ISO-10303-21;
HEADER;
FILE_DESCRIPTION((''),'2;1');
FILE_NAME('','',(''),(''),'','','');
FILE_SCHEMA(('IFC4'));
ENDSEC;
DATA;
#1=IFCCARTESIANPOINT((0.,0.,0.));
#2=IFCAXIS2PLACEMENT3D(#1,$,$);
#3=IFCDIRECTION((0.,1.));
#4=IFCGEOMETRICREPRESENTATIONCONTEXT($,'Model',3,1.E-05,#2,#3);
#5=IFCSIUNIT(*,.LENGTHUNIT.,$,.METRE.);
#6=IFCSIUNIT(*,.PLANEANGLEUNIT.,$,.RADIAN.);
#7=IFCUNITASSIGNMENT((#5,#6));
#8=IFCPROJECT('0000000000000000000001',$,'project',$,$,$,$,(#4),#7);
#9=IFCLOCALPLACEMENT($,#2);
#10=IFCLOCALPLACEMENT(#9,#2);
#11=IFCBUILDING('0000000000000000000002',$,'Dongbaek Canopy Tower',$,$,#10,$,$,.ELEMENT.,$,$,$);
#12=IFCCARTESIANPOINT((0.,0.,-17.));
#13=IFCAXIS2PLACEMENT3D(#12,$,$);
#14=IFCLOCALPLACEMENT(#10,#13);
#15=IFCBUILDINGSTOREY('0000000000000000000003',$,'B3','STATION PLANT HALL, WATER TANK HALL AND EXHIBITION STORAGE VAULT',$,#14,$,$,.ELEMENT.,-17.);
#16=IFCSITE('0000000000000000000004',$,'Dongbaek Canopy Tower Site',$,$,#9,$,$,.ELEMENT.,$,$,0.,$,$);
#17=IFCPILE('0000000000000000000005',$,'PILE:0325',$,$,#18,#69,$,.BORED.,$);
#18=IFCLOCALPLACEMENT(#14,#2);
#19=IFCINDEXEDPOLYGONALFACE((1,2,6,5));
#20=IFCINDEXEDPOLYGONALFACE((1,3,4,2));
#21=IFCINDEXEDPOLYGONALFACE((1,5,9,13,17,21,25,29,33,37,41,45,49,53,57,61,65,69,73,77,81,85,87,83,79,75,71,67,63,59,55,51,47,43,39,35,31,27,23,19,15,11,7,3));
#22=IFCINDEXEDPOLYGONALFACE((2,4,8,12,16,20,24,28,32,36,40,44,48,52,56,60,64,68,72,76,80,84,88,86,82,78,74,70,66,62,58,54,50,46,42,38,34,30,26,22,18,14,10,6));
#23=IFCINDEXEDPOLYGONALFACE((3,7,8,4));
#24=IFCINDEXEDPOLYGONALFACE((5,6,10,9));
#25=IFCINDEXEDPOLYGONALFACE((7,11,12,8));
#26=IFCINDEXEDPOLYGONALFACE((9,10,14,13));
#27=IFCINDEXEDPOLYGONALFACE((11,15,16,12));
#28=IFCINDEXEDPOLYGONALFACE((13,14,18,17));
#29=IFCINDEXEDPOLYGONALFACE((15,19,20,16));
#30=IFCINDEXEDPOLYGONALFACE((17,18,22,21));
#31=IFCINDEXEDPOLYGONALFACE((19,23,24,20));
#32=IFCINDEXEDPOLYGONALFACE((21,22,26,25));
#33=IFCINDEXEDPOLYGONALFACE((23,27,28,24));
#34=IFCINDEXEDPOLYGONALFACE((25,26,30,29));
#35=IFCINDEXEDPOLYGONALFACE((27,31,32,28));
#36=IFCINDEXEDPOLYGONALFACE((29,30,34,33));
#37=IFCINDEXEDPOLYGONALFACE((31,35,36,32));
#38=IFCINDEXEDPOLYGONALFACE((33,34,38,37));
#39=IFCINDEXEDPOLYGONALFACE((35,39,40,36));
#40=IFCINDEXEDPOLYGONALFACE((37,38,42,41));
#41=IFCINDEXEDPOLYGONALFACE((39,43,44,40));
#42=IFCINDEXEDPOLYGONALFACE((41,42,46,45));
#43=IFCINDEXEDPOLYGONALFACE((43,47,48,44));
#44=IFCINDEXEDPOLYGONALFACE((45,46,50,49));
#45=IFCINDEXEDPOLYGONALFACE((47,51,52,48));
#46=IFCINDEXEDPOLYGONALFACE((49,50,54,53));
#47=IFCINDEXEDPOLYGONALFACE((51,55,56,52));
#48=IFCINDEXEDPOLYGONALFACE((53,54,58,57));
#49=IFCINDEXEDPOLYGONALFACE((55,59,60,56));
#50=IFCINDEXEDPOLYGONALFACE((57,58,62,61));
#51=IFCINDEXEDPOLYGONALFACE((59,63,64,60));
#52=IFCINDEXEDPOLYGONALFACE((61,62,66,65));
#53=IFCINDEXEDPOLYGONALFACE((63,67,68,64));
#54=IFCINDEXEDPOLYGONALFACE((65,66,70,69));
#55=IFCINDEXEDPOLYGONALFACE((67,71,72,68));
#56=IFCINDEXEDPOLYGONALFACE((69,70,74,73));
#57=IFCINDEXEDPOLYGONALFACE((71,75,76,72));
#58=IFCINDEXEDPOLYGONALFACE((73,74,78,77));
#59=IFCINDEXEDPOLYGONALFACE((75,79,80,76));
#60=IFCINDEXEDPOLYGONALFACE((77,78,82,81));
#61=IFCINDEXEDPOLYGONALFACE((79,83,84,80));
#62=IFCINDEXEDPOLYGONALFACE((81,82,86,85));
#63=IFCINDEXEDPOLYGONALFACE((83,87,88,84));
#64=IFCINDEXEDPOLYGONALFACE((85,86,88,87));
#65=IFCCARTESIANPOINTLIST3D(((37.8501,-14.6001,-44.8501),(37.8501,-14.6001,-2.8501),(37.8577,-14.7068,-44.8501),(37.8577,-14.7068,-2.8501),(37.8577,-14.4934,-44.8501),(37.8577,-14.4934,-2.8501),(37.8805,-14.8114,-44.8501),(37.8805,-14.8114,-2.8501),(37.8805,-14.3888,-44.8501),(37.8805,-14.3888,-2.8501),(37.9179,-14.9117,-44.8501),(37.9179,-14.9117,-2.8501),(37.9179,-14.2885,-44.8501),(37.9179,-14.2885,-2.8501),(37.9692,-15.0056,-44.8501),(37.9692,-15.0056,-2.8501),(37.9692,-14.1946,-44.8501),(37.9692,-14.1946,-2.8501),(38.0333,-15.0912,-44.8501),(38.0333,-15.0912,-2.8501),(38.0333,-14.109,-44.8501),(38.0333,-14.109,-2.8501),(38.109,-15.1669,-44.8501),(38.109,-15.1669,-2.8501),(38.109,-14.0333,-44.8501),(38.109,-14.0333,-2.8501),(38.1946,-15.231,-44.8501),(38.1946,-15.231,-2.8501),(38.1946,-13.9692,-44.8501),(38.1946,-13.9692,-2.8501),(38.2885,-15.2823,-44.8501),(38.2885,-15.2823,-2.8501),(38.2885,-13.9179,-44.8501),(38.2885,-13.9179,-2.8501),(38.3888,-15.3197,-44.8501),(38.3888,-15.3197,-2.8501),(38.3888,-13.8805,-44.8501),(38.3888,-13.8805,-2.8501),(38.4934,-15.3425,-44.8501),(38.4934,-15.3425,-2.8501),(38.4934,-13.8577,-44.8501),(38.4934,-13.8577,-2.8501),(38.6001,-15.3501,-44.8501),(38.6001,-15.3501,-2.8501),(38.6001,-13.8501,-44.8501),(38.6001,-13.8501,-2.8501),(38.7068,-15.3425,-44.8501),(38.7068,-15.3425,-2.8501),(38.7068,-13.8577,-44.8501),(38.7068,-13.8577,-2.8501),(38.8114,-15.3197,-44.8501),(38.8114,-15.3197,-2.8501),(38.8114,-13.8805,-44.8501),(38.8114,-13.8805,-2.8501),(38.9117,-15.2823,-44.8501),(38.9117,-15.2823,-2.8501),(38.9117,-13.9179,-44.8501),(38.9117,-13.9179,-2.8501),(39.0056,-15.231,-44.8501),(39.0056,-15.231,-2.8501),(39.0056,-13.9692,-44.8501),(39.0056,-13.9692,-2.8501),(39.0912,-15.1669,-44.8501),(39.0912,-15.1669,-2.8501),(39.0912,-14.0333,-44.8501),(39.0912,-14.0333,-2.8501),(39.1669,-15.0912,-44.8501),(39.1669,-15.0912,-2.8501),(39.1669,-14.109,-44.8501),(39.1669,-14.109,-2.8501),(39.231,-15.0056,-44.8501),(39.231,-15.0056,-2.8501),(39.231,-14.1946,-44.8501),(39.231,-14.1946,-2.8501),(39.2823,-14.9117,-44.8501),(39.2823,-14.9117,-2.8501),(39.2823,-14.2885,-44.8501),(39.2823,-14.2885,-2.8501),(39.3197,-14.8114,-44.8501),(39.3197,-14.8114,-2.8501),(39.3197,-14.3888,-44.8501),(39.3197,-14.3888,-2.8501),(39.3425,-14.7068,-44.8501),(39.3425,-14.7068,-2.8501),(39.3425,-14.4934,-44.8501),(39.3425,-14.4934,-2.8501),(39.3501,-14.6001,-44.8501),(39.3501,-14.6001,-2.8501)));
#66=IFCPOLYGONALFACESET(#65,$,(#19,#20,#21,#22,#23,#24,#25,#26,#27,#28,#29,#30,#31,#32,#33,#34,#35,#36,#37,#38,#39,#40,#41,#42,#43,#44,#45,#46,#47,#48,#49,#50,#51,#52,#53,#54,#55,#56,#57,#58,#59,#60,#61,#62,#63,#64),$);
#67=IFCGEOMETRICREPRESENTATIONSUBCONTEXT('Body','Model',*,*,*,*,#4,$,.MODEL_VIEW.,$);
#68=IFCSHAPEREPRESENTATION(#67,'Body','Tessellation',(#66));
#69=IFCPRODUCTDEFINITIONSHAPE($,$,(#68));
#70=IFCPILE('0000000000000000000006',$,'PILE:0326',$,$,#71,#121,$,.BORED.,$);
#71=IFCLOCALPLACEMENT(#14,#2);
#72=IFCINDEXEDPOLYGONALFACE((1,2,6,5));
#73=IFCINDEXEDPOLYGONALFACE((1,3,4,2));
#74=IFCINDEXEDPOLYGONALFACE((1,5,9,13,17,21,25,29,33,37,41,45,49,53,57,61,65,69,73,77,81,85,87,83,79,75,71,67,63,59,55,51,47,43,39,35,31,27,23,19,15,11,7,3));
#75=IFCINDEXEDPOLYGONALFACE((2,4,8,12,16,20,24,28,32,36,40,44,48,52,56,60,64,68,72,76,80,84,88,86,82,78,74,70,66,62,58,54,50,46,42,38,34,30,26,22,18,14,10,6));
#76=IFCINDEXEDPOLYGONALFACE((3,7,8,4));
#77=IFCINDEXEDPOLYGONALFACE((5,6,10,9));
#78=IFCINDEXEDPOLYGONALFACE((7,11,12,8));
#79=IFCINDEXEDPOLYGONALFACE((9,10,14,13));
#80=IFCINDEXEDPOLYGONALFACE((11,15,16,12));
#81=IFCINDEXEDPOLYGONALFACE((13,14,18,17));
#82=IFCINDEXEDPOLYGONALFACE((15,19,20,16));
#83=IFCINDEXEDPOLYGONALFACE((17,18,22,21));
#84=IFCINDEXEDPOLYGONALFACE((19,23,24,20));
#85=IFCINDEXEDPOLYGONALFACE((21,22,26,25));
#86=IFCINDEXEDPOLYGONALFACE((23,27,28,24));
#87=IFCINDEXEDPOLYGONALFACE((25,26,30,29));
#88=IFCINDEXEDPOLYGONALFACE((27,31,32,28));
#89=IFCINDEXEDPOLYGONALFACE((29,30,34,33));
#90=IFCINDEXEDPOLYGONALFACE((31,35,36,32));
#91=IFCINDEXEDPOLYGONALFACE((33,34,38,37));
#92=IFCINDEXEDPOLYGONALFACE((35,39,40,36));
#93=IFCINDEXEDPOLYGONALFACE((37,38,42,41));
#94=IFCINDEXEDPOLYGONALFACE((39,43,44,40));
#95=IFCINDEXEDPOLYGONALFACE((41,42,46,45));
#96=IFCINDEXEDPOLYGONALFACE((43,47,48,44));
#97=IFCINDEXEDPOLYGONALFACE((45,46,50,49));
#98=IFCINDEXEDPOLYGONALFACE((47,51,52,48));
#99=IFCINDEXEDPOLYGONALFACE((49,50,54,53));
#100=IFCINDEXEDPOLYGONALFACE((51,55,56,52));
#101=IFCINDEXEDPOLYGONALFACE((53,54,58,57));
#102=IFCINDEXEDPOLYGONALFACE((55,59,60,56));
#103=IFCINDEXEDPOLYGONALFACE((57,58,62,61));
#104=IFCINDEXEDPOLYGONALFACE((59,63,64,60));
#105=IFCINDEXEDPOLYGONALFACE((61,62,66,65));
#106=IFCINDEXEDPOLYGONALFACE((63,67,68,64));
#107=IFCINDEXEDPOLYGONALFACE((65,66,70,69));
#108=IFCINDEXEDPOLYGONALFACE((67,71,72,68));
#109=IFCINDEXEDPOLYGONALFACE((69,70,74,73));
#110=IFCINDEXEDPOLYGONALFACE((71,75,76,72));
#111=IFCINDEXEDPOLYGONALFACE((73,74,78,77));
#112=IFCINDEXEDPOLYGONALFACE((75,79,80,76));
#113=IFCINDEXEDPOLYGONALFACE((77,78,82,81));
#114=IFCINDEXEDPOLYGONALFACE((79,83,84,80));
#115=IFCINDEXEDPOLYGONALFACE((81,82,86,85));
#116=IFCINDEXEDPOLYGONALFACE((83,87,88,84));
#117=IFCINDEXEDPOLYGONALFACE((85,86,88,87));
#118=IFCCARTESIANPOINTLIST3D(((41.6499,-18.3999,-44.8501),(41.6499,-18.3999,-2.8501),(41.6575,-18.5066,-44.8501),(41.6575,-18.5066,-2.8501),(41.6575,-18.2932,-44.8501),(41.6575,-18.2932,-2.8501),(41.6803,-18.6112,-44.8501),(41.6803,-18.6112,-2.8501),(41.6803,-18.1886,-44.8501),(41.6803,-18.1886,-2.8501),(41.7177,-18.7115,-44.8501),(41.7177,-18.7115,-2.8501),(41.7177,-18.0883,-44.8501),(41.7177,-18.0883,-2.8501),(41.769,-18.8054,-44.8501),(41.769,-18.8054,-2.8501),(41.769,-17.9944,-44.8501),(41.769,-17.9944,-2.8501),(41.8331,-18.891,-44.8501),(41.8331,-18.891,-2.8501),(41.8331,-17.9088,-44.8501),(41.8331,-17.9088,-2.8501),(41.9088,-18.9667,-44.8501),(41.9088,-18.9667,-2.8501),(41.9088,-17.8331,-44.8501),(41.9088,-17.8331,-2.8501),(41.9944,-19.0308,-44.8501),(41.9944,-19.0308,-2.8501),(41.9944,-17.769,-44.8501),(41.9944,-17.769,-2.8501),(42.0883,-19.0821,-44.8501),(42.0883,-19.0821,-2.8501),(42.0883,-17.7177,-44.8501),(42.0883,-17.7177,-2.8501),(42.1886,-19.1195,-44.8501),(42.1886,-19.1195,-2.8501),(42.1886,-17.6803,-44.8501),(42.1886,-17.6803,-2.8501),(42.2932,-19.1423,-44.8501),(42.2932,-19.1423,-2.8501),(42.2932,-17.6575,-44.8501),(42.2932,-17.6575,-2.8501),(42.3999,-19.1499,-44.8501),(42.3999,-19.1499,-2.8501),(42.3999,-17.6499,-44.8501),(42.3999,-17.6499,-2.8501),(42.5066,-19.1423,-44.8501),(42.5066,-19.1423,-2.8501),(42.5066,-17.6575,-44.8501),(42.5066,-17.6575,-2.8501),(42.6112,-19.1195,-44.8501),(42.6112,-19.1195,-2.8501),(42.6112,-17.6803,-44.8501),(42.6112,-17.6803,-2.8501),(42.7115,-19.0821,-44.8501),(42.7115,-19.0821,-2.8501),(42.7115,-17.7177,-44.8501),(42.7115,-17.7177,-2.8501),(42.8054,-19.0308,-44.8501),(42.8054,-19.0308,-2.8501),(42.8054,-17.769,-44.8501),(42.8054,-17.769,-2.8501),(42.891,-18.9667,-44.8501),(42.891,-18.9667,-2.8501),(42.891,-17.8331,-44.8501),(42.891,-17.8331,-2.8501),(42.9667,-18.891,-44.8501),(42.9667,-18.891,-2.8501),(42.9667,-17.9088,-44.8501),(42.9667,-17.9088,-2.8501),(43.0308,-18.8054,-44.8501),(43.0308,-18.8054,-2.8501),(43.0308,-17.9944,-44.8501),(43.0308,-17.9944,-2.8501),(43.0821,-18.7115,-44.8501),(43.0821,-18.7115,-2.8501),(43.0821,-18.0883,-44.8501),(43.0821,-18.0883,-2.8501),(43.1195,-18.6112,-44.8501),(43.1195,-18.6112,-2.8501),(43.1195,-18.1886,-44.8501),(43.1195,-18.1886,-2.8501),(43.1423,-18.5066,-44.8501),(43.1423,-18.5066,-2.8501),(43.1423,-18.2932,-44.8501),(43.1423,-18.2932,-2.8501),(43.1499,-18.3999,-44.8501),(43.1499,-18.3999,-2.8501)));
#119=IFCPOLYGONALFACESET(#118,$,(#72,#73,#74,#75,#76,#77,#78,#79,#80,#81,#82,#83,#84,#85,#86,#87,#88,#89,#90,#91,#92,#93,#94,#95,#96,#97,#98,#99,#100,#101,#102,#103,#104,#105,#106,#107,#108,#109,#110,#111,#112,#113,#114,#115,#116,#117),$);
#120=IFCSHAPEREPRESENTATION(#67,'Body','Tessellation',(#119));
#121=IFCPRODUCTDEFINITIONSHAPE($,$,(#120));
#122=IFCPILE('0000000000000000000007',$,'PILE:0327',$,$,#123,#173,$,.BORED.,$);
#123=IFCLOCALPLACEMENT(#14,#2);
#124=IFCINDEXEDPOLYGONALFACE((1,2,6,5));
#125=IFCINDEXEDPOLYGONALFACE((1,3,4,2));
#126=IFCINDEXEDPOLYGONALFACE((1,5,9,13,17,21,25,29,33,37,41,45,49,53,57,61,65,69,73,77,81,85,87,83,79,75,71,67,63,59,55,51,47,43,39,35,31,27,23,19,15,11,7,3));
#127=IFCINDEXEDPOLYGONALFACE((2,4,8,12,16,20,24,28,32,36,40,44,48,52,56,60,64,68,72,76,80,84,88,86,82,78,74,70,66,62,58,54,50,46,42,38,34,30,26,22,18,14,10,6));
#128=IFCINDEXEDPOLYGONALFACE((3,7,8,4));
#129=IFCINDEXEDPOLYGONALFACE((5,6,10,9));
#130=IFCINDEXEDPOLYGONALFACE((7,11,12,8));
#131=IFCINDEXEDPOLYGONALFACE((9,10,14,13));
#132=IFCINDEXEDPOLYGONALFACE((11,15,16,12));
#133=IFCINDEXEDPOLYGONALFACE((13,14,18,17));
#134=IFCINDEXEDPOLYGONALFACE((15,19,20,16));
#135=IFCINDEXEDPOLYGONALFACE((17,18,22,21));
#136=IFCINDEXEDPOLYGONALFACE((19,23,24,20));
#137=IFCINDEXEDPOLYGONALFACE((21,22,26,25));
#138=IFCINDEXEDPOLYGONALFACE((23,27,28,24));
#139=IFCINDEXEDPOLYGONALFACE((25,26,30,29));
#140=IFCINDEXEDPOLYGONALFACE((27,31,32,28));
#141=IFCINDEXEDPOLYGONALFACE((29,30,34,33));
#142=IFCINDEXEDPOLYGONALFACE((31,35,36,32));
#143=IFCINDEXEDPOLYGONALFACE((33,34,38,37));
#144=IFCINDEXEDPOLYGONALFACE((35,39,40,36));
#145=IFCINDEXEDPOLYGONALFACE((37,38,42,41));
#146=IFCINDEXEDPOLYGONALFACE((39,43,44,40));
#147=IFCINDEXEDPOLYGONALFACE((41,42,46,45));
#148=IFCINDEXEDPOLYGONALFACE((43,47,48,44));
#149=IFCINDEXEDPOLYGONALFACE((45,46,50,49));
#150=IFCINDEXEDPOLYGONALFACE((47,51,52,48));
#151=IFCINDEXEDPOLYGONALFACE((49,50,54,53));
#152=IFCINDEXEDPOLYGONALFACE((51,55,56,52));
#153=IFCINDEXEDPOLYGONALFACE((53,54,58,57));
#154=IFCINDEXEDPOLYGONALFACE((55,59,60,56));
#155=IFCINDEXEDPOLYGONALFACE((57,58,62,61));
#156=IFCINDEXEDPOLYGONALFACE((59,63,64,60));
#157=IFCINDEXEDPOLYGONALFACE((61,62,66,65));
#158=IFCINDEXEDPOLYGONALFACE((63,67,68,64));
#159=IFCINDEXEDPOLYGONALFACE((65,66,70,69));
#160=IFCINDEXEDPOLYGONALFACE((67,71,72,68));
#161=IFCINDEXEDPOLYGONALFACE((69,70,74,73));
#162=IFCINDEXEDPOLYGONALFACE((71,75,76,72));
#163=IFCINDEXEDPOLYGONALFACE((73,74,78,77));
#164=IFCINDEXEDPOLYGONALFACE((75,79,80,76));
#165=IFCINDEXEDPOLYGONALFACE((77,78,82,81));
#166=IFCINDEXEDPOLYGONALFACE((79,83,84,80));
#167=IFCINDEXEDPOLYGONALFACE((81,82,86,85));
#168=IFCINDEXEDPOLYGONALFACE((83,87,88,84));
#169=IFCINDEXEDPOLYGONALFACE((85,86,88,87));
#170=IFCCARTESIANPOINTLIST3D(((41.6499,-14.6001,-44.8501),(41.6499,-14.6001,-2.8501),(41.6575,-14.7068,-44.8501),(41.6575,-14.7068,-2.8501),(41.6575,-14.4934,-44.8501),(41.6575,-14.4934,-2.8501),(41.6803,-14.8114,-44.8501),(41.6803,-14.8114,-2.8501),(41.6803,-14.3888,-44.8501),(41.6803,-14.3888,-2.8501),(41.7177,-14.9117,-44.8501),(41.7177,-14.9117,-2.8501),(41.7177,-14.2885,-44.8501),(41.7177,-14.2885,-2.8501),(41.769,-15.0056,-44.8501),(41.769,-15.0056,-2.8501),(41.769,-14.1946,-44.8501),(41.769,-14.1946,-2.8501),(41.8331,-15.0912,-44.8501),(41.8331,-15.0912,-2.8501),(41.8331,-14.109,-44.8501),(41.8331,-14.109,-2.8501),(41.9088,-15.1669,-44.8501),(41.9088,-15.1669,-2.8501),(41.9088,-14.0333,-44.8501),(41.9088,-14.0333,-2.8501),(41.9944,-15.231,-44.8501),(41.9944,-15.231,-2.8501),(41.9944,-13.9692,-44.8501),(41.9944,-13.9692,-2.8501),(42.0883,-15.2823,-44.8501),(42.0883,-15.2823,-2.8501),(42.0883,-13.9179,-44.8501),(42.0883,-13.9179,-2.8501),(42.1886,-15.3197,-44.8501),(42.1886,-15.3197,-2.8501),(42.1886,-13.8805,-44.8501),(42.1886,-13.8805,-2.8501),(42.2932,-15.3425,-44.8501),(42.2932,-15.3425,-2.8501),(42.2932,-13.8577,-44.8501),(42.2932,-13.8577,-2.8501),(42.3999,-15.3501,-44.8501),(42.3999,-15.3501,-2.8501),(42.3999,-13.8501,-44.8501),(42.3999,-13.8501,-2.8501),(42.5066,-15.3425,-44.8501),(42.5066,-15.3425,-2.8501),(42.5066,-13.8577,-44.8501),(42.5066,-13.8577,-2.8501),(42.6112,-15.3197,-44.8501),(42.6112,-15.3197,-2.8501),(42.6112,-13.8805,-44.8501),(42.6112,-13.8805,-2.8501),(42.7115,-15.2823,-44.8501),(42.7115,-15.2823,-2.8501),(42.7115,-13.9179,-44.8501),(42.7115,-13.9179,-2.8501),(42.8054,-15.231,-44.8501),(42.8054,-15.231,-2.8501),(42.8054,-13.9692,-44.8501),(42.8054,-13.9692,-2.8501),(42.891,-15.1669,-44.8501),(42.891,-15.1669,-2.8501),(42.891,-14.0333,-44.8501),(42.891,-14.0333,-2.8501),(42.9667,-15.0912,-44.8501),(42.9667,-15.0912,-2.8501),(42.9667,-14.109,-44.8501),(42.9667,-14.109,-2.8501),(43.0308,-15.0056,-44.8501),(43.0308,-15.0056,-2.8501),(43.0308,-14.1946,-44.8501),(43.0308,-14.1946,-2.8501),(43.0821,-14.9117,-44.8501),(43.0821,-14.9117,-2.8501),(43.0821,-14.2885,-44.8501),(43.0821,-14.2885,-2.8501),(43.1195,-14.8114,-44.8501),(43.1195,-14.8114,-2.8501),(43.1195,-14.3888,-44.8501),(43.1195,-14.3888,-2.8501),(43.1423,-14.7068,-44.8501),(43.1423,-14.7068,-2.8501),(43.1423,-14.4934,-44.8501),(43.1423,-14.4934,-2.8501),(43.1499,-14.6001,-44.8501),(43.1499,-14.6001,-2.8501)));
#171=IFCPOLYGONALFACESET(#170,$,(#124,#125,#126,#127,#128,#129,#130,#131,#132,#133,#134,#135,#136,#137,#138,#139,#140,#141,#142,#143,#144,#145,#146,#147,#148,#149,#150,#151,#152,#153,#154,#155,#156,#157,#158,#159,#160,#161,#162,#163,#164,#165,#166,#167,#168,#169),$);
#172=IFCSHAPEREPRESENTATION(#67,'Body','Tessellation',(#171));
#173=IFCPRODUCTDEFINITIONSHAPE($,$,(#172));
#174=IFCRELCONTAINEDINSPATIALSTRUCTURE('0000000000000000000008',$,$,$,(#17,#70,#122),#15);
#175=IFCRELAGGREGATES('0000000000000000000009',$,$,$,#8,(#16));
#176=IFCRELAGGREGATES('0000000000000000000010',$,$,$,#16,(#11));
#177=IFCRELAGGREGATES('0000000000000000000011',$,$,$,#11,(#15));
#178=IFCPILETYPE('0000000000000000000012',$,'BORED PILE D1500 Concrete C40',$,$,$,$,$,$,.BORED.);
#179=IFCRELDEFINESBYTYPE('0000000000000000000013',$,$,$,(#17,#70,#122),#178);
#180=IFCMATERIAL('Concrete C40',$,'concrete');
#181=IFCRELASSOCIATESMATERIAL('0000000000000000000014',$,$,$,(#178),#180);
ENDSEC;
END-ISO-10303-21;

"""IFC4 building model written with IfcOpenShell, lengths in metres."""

from ifc_helpers import new_model, si_unit, direction, frame, origin, origin_2d, place, context, subcontext, project, spatial, circle, extrude, material, material_profile, profile_set, type_object, element, save


model = new_model("IFC4")

# Units and contexts
model_context = context("Model", 3, precision=1e-05, world=origin(), true_north=direction((0.0, 1.0)))
body_context = subcontext(model_context, "Body", "Model", "MODEL_VIEW")
ifc_project = project(units=[si_unit("LENGTHUNIT", "METRE"), si_unit("PLANEANGLEUNIT", "RADIAN")], contexts=[model_context])

# Site, building, storey
site_placement = place(None, origin())
site = spatial("IfcSite", under=ifc_project, at=site_placement, Name="Dongbaek Canopy Tower Site", CompositionType="ELEMENT", RefElevation=0.0)
building_placement = place(site_placement, origin())
building = spatial("IfcBuilding", under=site, at=building_placement, Name="Dongbaek Canopy Tower", CompositionType="ELEMENT")
storey_placement = place(building_placement, frame((0.0, 0.0, -17.0)))
storey = spatial("IfcBuildingStorey", under=building, at=storey_placement, Name="B3", Description="STATION PLANT HALL, WATER TANK HALL AND EXHIBITION STORAGE VAULT", CompositionType="ELEMENT", Elevation=-17.0)

# Piles
ifc_material_1 = material(Name="Concrete C40", Category="concrete")
ifc_material_profile_1 = material_profile(ifc_material_1, circle(Radius=0.75, at=origin_2d()), Name="BORED PILE D1500 Concrete C40")
ifc_profile_set_1 = profile_set([ifc_material_profile_1], Name="Concrete C40")
pile_type = type_object("IfcPileType", Name="BORED PILE D1500 Concrete C40", PredefinedType="BORED", material=ifc_profile_set_1)
for number, where, z_axis, x_axis, name in (
    (1, (38.6001, -14.6001, -2.8501), (0.0, 0.0, -1.0), (1.0, 0.0, 0.0), "PILE:0325"),
    (2, (42.3999, -18.3999, -2.8501), (0.0, 0.0, -1.0), (1.0, 0.0, 0.0), "PILE:0326"),
    (3, (42.3999, -14.6001, -2.8501), (0.0, 0.0, -1.0), (1.0, 0.0, 0.0), "PILE:0327"),
):
    element("IfcPile", number, at=place(storey_placement, frame(where, z_axis=z_axis, x_axis=x_axis)), inside=storey, type_object=pile_type, Name=name, PredefinedType="BORED", context=body_context, shape_type="SweptSolid", body=[
        extrude(circle(Radius=0.75, at=origin_2d()), origin(), (0.0, 0.0, 1.0), 42.0),
    ])

save(model, "model.ifc")
